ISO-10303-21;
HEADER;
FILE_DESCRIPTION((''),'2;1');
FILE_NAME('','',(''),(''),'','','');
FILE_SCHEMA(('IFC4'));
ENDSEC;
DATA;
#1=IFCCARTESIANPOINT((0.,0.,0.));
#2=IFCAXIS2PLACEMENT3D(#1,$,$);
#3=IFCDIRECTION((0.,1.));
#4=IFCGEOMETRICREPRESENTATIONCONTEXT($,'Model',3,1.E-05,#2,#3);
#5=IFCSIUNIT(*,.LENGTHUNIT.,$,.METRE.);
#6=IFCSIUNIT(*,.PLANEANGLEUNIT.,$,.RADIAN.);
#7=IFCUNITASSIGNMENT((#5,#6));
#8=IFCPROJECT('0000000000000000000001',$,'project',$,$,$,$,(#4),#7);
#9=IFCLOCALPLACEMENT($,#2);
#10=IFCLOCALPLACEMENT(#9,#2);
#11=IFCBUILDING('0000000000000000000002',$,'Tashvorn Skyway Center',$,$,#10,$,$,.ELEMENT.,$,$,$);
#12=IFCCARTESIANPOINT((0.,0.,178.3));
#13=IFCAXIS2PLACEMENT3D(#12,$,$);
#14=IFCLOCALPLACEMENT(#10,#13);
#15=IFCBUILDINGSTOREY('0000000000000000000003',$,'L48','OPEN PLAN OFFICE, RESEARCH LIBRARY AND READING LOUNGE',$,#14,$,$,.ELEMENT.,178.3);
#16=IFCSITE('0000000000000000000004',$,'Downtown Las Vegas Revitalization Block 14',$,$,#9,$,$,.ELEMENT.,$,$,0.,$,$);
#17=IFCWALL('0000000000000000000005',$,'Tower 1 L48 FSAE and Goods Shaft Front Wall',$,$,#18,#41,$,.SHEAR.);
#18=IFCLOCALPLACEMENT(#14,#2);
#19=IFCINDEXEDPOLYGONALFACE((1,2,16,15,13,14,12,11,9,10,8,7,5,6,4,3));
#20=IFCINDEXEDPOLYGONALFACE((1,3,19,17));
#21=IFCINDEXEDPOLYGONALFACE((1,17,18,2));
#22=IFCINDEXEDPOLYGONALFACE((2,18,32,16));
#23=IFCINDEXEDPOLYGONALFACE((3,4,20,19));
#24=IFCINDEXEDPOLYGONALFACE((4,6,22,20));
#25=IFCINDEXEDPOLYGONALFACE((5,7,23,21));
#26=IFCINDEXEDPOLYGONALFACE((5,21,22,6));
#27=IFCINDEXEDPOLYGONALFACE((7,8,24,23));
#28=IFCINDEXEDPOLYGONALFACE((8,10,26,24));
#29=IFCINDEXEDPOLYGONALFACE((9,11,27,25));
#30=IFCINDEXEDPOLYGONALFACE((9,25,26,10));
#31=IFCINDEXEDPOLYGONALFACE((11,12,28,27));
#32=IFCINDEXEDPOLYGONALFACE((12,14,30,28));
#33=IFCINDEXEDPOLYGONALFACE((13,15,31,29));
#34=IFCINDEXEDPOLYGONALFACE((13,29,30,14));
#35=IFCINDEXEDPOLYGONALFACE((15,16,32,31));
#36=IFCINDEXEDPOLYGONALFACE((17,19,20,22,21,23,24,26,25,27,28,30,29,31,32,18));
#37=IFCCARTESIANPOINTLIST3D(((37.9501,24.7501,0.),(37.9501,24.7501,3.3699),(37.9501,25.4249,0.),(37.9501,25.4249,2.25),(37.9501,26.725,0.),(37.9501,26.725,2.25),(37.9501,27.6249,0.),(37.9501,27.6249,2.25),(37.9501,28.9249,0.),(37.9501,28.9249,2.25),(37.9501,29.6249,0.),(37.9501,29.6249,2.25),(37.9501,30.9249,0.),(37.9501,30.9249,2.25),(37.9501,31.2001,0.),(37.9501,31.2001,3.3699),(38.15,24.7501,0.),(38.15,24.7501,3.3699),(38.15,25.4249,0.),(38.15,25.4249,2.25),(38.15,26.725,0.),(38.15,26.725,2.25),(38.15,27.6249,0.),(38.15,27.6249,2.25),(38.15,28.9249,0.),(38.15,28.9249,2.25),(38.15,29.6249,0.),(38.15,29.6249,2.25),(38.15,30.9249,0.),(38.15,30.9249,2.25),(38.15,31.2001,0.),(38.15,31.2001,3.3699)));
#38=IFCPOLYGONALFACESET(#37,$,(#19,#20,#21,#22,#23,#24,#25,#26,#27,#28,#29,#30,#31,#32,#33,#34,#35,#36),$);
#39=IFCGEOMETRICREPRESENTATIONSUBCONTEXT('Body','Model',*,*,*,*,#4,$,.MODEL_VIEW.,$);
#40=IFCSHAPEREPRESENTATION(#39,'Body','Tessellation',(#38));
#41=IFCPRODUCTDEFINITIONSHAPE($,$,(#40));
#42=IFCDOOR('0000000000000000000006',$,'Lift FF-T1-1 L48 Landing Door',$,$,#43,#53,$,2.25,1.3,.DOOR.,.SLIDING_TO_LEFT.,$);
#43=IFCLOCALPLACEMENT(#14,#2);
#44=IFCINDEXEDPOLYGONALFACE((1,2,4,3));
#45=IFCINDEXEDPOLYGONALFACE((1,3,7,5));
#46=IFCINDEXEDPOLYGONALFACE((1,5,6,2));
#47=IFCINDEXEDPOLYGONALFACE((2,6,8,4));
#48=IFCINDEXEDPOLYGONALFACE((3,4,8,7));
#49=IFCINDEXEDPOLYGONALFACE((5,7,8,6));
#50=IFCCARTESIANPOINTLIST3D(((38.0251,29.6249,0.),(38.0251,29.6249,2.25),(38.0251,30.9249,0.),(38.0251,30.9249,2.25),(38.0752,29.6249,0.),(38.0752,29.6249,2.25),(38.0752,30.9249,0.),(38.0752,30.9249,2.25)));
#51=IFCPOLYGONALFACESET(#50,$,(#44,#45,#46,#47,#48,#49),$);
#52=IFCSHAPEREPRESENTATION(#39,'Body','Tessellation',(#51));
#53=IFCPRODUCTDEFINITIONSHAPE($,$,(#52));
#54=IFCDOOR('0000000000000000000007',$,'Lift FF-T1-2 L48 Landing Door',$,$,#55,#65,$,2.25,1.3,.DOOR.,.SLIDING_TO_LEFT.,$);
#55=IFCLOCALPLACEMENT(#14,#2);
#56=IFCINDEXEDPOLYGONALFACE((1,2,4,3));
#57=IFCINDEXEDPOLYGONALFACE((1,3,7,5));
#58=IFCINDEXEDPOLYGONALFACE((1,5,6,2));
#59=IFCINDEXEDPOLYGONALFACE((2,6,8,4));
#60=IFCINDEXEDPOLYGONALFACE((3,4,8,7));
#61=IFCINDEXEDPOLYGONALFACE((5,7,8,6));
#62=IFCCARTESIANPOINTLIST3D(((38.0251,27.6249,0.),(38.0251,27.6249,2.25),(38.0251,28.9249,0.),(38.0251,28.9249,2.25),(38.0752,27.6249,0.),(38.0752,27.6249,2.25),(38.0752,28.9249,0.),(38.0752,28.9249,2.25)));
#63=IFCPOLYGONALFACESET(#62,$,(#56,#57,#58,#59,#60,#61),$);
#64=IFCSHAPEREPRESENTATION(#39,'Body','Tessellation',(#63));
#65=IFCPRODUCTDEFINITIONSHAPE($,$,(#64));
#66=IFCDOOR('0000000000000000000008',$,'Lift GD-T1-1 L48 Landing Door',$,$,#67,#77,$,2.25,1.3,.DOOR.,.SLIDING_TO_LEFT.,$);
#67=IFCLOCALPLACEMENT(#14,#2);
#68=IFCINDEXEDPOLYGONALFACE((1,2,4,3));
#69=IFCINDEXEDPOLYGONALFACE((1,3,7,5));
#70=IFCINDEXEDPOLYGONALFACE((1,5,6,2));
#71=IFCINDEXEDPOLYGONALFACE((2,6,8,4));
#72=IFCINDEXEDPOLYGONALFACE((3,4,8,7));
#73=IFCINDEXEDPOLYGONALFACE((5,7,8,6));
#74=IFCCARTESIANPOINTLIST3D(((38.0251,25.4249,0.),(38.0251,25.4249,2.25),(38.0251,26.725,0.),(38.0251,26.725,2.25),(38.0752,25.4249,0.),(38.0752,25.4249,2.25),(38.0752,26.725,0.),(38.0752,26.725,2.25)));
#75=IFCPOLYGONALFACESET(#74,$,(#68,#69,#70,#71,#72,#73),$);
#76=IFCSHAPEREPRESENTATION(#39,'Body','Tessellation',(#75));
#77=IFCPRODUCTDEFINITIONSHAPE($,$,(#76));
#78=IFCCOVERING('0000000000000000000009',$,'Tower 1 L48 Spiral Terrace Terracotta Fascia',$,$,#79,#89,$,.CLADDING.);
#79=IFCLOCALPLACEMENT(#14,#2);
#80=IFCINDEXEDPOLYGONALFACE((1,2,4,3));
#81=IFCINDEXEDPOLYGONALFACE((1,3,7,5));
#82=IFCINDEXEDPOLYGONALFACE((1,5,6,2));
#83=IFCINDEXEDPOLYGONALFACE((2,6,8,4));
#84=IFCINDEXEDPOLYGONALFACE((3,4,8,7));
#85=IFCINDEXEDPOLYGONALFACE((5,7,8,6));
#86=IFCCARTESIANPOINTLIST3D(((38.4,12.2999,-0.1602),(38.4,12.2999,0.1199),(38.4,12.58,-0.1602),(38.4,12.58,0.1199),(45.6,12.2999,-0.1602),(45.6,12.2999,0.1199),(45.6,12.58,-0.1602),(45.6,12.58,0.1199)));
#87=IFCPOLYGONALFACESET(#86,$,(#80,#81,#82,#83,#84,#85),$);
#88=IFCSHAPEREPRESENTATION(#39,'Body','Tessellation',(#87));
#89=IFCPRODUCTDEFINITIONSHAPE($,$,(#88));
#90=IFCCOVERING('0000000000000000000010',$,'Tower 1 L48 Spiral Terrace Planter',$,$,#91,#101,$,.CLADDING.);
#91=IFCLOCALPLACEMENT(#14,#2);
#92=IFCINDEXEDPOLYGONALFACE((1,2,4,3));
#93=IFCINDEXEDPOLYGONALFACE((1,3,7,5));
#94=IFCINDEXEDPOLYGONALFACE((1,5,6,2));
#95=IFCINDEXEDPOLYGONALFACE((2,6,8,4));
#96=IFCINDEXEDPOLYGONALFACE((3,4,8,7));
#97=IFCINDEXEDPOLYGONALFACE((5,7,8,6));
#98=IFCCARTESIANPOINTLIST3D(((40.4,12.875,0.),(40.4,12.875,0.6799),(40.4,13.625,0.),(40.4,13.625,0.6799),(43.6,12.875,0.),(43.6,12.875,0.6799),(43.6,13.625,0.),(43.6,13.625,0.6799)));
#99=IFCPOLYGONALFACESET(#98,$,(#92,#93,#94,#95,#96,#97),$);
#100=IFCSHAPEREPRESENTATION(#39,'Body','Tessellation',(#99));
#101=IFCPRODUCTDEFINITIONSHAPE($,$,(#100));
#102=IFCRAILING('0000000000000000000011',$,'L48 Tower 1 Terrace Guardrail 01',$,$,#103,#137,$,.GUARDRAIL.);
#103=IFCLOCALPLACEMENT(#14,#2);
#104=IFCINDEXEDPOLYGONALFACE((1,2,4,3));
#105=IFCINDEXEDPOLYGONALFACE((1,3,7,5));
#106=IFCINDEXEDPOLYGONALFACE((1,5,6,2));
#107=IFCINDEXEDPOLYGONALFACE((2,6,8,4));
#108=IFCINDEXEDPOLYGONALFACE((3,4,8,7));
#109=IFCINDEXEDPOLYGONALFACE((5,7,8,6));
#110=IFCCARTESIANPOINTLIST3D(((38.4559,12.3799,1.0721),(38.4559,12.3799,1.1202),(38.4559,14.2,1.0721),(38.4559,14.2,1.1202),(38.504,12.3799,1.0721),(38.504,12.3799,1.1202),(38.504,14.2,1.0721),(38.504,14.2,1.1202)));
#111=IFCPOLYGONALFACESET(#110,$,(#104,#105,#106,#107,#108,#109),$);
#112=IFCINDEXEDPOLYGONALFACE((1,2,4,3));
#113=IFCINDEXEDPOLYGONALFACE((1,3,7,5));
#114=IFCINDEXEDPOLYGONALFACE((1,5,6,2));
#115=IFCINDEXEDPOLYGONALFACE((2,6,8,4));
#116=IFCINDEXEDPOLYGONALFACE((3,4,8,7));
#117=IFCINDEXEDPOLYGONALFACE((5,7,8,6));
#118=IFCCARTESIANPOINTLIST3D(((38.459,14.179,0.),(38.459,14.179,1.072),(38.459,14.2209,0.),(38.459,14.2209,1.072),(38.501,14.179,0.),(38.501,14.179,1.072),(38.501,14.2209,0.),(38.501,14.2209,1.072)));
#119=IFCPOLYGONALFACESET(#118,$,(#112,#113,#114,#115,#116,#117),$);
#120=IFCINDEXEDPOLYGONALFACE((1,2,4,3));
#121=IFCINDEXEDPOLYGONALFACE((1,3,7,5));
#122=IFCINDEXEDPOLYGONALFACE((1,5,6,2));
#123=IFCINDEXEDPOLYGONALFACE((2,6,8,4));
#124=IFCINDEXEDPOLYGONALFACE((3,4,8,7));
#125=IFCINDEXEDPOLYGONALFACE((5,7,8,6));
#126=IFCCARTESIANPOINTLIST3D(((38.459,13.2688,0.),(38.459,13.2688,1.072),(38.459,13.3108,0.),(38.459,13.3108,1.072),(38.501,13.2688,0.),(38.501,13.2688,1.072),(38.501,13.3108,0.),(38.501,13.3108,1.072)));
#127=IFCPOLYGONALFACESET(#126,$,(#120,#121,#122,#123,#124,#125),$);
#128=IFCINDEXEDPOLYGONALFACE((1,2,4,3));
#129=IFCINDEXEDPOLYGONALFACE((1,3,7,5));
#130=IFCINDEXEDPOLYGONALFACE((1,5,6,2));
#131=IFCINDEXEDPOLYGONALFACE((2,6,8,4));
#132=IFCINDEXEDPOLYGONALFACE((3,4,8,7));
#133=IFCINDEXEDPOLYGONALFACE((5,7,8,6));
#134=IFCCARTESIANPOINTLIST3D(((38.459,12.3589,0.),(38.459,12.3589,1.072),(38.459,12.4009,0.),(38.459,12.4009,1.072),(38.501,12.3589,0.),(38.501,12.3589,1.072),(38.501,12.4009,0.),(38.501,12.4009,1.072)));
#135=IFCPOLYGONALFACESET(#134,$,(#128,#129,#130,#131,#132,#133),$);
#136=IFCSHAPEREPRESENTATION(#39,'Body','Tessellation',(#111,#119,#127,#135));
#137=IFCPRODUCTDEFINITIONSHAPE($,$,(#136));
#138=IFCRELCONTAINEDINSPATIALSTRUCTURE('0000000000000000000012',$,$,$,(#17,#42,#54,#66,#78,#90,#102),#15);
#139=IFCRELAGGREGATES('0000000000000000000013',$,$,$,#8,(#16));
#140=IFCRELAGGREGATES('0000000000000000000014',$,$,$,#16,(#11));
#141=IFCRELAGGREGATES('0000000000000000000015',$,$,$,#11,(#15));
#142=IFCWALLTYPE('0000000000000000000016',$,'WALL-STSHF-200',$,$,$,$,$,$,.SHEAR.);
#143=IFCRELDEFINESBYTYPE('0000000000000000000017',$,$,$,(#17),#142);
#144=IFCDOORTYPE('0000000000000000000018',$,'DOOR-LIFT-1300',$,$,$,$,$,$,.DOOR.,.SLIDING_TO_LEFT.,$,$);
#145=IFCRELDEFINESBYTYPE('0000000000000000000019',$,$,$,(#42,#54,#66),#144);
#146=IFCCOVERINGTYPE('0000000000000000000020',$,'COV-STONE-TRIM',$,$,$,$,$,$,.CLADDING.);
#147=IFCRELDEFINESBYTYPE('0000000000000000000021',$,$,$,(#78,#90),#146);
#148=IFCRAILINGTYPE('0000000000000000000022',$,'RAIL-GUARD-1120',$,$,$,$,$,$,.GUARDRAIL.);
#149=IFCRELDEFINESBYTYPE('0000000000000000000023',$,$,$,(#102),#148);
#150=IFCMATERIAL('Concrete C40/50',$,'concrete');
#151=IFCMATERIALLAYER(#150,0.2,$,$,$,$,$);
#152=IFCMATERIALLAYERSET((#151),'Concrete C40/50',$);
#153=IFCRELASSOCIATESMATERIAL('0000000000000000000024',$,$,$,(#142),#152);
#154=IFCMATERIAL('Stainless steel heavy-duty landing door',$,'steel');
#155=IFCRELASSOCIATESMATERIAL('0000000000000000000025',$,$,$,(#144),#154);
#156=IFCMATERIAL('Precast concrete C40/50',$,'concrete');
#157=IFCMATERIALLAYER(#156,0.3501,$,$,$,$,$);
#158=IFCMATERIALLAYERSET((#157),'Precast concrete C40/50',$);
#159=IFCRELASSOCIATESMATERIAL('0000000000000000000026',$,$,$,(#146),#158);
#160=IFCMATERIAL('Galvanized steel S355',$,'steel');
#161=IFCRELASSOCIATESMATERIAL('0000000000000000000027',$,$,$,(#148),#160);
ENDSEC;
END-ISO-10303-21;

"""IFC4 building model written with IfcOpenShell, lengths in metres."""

from ifc_helpers import new_model, si_unit, direction, frame, frame_2d, origin, origin_2d, place, context, subcontext, project, spatial, rectangle, extrude, material, layer, layer_set, type_object, element, fill, save


model = new_model("IFC4")

# Units and contexts
model_context = context("Model", 3, precision=1e-05, world=origin(), true_north=direction((0.0, 1.0)))
body_context = subcontext(model_context, "Body", "Model", "MODEL_VIEW")
ifc_project = project(units=[si_unit("LENGTHUNIT", "METRE"), si_unit("PLANEANGLEUNIT", "RADIAN")], contexts=[model_context])

# Site, building, storey
site_placement = place(None, origin())
site = spatial("IfcSite", under=ifc_project, at=site_placement, Name="Downtown Las Vegas Revitalization Block 14", CompositionType="ELEMENT", RefElevation=0.0)
building_placement = place(site_placement, origin())
building = spatial("IfcBuilding", under=site, at=building_placement, Name="Tashvorn Skyway Center", CompositionType="ELEMENT")
storey_placement = place(building_placement, frame((0.0, 0.0, 178.3)))
storey = spatial("IfcBuildingStorey", under=building, at=storey_placement, Name="L48", Description="OPEN PLAN OFFICE, RESEARCH LIBRARY AND READING LOUNGE", CompositionType="ELEMENT", Elevation=178.3)

# Shared definitions
ifc_material_1 = material(Name="Precast concrete C40/50", Category="concrete")

# Shared definitions
ifc_material_2 = material(Name="Concrete C40/50", Category="concrete")
ifc_layer_1 = layer(ifc_material_2, 0.2)
ifc_layer_set_1 = layer_set([ifc_layer_1], Name="Concrete C40/50")
wall_type_1 = type_object("IfcWallType", Name="WALL-STSHF-200", PredefinedType="SHEAR", material=ifc_layer_set_1)

# Wall, openings, doors
wall_1_placement = place(storey_placement, frame((38.05, 24.75, 0.0), z_axis=(0.0, 0.0, 1.0), x_axis=(0.0, 1.0, 0.0)))
wall_1 = element("IfcWall", 1, at=wall_1_placement, inside=storey, type_object=wall_type_1, Name="Tower 1 L48 FSAE and Goods Shaft Front Wall", PredefinedType="SHEAR", context=body_context, shape_type="SweptSolid", body=[
    extrude(rectangle(XDim=6.45, YDim=0.2, at=frame_2d((3.2251, 0.0))), origin(), (0.0, 0.0, 1.0), 3.3699),
])
opening_1_placement = place(wall_1_placement, frame((4.875, 0.0, 0.0)))
opening_1 = element("IfcOpeningElement", 2, at=opening_1_placement, cuts=wall_1, PredefinedType="OPENING", context=body_context, shape_type="SweptSolid", body=[
    extrude(rectangle(XDim=1.3, YDim=2.25, at=frame_2d((0.6499, 1.125))), frame((0.0, 0.1099, 0.0), z_axis=(0.0, -1.0, 0.0), x_axis=(1.0, 0.0, 0.0)), (0.0, 0.0, 1.0), 0.22),
])
opening_2_placement = place(wall_1_placement, frame((2.875, 0.0, 0.0)))
opening_2 = element("IfcOpeningElement", 3, at=opening_2_placement, cuts=wall_1, PredefinedType="OPENING", context=body_context, shape_type="SweptSolid", body=[
    extrude(rectangle(XDim=1.3, YDim=2.25, at=frame_2d((0.6499, 1.125))), frame((0.0, 0.1099, 0.0), z_axis=(0.0, -1.0, 0.0), x_axis=(1.0, 0.0, 0.0)), (0.0, 0.0, 1.0), 0.22),
])
opening_3_placement = place(wall_1_placement, frame((0.675, 0.0, 0.0)))
opening_3 = element("IfcOpeningElement", 4, at=opening_3_placement, cuts=wall_1, PredefinedType="OPENING", context=body_context, shape_type="SweptSolid", body=[
    extrude(rectangle(XDim=1.3, YDim=2.25, at=frame_2d((0.6499, 1.125))), frame((0.0, 0.1099, 0.0), z_axis=(0.0, -1.0, 0.0), x_axis=(1.0, 0.0, 0.0)), (0.0, 0.0, 1.0), 0.22),
])
ifc_material_3 = material(Name="Stainless steel heavy-duty landing door", Category="steel")
door_type_1 = type_object("IfcDoorType", Name="DOOR-LIFT-1300", OperationType="SLIDING_TO_LEFT", PredefinedType="DOOR", material=ifc_material_3)
door_1_placement = place(opening_1_placement, origin())
door_1 = element("IfcDoor", 5, at=door_1_placement, inside=storey, type_object=door_type_1, Name="Lift FF-T1-1 L48 Landing Door", OperationType="SLIDING_TO_LEFT", OverallHeight=2.25, OverallWidth=1.3, PredefinedType="DOOR", context=body_context, shape_type="SweptSolid", body=[
    extrude(rectangle(XDim=1.3, YDim=2.25, at=frame_2d((0.6499, 1.125))), frame((0.0, 0.0249, 0.0), z_axis=(0.0, -1.0, 0.0), x_axis=(1.0, 0.0, 0.0)), (0.0, 0.0, 1.0), 0.05),
])
fill(opening_1, door_1)
door_2_placement = place(opening_2_placement, origin())
door_2 = element("IfcDoor", 6, at=door_2_placement, inside=storey, type_object=door_type_1, Name="Lift FF-T1-2 L48 Landing Door", OperationType="SLIDING_TO_LEFT", OverallHeight=2.25, OverallWidth=1.3, PredefinedType="DOOR", context=body_context, shape_type="SweptSolid", body=[
    extrude(rectangle(XDim=1.3, YDim=2.25, at=frame_2d((0.6499, 1.125))), frame((0.0, 0.0249, 0.0), z_axis=(0.0, -1.0, 0.0), x_axis=(1.0, 0.0, 0.0)), (0.0, 0.0, 1.0), 0.05),
])
fill(opening_2, door_2)
door_3_placement = place(opening_3_placement, origin())
door_3 = element("IfcDoor", 7, at=door_3_placement, inside=storey, type_object=door_type_1, Name="Lift GD-T1-1 L48 Landing Door", OperationType="SLIDING_TO_LEFT", OverallHeight=2.25, OverallWidth=1.3, PredefinedType="DOOR", context=body_context, shape_type="SweptSolid", body=[
    extrude(rectangle(XDim=1.3, YDim=2.25, at=frame_2d((0.6499, 1.125))), frame((0.0, 0.0249, 0.0), z_axis=(0.0, -1.0, 0.0), x_axis=(1.0, 0.0, 0.0)), (0.0, 0.0, 1.0), 0.05),
])
fill(opening_3, door_3)

# Coverings
ifc_layer_2 = layer(ifc_material_1, 0.3501)
ifc_layer_set_2 = layer_set([ifc_layer_2], Name="Precast concrete C40/50")
covering_type = type_object("IfcCoveringType", Name="COV-STONE-TRIM", PredefinedType="CLADDING", material=ifc_layer_set_2)
covering_1_placement = place(storey_placement, frame((42.0, 12.4399, -0.1602), z_axis=(0.0, 0.0, 1.0), x_axis=(-1.0, 0.0, 0.0)))
element("IfcCovering", 8, at=covering_1_placement, inside=storey, type_object=covering_type, Name="Tower 1 L48 Spiral Terrace Terracotta Fascia", PredefinedType="CLADDING", context=body_context, shape_type="SweptSolid", body=[
    extrude(rectangle(XDim=7.2, YDim=0.28, at=origin_2d()), origin(), (0.0, 0.0, 1.0), 0.28),
])
covering_2_placement = place(storey_placement, frame((42.0, 13.25, 0.0), z_axis=(0.0, 0.0, 1.0), x_axis=(-1.0, 0.0, 0.0)))
element("IfcCovering", 9, at=covering_2_placement, inside=storey, type_object=covering_type, Name="Tower 1 L48 Spiral Terrace Planter", PredefinedType="CLADDING", context=body_context, shape_type="SweptSolid", body=[
    extrude(rectangle(XDim=3.2, YDim=0.75, at=origin_2d()), origin(), (0.0, 0.0, 1.0), 0.6799),
])

# Railing
ifc_material_4 = material(Name="Galvanized steel S355", Category="steel")
railing_type = type_object("IfcRailingType", Name="RAIL-GUARD-1120", PredefinedType="GUARDRAIL", material=ifc_material_4)
railing_1_placement = place(storey_placement, frame((38.48, 14.2, 0.0)))
element("IfcRailing", 10, at=railing_1_placement, inside=storey, type_object=railing_type, Name="L48 Tower 1 Terrace Guardrail 01", PredefinedType="GUARDRAIL", context=body_context, shape_type="SweptSolid", body=[
    extrude(rectangle(XDim=0.0481, YDim=0.0481, at=origin_2d()), frame((0.0, 0.0, 1.0962), z_axis=(0.0, -1.0, 0.0), x_axis=(1.0, 0.0, 0.0)), (0.0, 0.0, 1.0), 1.8201),
    extrude(rectangle(XDim=0.042, YDim=0.042, at=origin_2d()), origin(), (0.0, 0.0, 1.0), 1.072),
    extrude(rectangle(XDim=0.042, YDim=0.042, at=origin_2d()), frame((0.0, -0.9102, 0.0)), (0.0, 0.0, 1.0), 1.072),
    extrude(rectangle(XDim=0.042, YDim=0.042, at=origin_2d()), frame((0.0, -1.8201, 0.0)), (0.0, 0.0, 1.0), 1.072),
])

save(model, "model.ifc")
